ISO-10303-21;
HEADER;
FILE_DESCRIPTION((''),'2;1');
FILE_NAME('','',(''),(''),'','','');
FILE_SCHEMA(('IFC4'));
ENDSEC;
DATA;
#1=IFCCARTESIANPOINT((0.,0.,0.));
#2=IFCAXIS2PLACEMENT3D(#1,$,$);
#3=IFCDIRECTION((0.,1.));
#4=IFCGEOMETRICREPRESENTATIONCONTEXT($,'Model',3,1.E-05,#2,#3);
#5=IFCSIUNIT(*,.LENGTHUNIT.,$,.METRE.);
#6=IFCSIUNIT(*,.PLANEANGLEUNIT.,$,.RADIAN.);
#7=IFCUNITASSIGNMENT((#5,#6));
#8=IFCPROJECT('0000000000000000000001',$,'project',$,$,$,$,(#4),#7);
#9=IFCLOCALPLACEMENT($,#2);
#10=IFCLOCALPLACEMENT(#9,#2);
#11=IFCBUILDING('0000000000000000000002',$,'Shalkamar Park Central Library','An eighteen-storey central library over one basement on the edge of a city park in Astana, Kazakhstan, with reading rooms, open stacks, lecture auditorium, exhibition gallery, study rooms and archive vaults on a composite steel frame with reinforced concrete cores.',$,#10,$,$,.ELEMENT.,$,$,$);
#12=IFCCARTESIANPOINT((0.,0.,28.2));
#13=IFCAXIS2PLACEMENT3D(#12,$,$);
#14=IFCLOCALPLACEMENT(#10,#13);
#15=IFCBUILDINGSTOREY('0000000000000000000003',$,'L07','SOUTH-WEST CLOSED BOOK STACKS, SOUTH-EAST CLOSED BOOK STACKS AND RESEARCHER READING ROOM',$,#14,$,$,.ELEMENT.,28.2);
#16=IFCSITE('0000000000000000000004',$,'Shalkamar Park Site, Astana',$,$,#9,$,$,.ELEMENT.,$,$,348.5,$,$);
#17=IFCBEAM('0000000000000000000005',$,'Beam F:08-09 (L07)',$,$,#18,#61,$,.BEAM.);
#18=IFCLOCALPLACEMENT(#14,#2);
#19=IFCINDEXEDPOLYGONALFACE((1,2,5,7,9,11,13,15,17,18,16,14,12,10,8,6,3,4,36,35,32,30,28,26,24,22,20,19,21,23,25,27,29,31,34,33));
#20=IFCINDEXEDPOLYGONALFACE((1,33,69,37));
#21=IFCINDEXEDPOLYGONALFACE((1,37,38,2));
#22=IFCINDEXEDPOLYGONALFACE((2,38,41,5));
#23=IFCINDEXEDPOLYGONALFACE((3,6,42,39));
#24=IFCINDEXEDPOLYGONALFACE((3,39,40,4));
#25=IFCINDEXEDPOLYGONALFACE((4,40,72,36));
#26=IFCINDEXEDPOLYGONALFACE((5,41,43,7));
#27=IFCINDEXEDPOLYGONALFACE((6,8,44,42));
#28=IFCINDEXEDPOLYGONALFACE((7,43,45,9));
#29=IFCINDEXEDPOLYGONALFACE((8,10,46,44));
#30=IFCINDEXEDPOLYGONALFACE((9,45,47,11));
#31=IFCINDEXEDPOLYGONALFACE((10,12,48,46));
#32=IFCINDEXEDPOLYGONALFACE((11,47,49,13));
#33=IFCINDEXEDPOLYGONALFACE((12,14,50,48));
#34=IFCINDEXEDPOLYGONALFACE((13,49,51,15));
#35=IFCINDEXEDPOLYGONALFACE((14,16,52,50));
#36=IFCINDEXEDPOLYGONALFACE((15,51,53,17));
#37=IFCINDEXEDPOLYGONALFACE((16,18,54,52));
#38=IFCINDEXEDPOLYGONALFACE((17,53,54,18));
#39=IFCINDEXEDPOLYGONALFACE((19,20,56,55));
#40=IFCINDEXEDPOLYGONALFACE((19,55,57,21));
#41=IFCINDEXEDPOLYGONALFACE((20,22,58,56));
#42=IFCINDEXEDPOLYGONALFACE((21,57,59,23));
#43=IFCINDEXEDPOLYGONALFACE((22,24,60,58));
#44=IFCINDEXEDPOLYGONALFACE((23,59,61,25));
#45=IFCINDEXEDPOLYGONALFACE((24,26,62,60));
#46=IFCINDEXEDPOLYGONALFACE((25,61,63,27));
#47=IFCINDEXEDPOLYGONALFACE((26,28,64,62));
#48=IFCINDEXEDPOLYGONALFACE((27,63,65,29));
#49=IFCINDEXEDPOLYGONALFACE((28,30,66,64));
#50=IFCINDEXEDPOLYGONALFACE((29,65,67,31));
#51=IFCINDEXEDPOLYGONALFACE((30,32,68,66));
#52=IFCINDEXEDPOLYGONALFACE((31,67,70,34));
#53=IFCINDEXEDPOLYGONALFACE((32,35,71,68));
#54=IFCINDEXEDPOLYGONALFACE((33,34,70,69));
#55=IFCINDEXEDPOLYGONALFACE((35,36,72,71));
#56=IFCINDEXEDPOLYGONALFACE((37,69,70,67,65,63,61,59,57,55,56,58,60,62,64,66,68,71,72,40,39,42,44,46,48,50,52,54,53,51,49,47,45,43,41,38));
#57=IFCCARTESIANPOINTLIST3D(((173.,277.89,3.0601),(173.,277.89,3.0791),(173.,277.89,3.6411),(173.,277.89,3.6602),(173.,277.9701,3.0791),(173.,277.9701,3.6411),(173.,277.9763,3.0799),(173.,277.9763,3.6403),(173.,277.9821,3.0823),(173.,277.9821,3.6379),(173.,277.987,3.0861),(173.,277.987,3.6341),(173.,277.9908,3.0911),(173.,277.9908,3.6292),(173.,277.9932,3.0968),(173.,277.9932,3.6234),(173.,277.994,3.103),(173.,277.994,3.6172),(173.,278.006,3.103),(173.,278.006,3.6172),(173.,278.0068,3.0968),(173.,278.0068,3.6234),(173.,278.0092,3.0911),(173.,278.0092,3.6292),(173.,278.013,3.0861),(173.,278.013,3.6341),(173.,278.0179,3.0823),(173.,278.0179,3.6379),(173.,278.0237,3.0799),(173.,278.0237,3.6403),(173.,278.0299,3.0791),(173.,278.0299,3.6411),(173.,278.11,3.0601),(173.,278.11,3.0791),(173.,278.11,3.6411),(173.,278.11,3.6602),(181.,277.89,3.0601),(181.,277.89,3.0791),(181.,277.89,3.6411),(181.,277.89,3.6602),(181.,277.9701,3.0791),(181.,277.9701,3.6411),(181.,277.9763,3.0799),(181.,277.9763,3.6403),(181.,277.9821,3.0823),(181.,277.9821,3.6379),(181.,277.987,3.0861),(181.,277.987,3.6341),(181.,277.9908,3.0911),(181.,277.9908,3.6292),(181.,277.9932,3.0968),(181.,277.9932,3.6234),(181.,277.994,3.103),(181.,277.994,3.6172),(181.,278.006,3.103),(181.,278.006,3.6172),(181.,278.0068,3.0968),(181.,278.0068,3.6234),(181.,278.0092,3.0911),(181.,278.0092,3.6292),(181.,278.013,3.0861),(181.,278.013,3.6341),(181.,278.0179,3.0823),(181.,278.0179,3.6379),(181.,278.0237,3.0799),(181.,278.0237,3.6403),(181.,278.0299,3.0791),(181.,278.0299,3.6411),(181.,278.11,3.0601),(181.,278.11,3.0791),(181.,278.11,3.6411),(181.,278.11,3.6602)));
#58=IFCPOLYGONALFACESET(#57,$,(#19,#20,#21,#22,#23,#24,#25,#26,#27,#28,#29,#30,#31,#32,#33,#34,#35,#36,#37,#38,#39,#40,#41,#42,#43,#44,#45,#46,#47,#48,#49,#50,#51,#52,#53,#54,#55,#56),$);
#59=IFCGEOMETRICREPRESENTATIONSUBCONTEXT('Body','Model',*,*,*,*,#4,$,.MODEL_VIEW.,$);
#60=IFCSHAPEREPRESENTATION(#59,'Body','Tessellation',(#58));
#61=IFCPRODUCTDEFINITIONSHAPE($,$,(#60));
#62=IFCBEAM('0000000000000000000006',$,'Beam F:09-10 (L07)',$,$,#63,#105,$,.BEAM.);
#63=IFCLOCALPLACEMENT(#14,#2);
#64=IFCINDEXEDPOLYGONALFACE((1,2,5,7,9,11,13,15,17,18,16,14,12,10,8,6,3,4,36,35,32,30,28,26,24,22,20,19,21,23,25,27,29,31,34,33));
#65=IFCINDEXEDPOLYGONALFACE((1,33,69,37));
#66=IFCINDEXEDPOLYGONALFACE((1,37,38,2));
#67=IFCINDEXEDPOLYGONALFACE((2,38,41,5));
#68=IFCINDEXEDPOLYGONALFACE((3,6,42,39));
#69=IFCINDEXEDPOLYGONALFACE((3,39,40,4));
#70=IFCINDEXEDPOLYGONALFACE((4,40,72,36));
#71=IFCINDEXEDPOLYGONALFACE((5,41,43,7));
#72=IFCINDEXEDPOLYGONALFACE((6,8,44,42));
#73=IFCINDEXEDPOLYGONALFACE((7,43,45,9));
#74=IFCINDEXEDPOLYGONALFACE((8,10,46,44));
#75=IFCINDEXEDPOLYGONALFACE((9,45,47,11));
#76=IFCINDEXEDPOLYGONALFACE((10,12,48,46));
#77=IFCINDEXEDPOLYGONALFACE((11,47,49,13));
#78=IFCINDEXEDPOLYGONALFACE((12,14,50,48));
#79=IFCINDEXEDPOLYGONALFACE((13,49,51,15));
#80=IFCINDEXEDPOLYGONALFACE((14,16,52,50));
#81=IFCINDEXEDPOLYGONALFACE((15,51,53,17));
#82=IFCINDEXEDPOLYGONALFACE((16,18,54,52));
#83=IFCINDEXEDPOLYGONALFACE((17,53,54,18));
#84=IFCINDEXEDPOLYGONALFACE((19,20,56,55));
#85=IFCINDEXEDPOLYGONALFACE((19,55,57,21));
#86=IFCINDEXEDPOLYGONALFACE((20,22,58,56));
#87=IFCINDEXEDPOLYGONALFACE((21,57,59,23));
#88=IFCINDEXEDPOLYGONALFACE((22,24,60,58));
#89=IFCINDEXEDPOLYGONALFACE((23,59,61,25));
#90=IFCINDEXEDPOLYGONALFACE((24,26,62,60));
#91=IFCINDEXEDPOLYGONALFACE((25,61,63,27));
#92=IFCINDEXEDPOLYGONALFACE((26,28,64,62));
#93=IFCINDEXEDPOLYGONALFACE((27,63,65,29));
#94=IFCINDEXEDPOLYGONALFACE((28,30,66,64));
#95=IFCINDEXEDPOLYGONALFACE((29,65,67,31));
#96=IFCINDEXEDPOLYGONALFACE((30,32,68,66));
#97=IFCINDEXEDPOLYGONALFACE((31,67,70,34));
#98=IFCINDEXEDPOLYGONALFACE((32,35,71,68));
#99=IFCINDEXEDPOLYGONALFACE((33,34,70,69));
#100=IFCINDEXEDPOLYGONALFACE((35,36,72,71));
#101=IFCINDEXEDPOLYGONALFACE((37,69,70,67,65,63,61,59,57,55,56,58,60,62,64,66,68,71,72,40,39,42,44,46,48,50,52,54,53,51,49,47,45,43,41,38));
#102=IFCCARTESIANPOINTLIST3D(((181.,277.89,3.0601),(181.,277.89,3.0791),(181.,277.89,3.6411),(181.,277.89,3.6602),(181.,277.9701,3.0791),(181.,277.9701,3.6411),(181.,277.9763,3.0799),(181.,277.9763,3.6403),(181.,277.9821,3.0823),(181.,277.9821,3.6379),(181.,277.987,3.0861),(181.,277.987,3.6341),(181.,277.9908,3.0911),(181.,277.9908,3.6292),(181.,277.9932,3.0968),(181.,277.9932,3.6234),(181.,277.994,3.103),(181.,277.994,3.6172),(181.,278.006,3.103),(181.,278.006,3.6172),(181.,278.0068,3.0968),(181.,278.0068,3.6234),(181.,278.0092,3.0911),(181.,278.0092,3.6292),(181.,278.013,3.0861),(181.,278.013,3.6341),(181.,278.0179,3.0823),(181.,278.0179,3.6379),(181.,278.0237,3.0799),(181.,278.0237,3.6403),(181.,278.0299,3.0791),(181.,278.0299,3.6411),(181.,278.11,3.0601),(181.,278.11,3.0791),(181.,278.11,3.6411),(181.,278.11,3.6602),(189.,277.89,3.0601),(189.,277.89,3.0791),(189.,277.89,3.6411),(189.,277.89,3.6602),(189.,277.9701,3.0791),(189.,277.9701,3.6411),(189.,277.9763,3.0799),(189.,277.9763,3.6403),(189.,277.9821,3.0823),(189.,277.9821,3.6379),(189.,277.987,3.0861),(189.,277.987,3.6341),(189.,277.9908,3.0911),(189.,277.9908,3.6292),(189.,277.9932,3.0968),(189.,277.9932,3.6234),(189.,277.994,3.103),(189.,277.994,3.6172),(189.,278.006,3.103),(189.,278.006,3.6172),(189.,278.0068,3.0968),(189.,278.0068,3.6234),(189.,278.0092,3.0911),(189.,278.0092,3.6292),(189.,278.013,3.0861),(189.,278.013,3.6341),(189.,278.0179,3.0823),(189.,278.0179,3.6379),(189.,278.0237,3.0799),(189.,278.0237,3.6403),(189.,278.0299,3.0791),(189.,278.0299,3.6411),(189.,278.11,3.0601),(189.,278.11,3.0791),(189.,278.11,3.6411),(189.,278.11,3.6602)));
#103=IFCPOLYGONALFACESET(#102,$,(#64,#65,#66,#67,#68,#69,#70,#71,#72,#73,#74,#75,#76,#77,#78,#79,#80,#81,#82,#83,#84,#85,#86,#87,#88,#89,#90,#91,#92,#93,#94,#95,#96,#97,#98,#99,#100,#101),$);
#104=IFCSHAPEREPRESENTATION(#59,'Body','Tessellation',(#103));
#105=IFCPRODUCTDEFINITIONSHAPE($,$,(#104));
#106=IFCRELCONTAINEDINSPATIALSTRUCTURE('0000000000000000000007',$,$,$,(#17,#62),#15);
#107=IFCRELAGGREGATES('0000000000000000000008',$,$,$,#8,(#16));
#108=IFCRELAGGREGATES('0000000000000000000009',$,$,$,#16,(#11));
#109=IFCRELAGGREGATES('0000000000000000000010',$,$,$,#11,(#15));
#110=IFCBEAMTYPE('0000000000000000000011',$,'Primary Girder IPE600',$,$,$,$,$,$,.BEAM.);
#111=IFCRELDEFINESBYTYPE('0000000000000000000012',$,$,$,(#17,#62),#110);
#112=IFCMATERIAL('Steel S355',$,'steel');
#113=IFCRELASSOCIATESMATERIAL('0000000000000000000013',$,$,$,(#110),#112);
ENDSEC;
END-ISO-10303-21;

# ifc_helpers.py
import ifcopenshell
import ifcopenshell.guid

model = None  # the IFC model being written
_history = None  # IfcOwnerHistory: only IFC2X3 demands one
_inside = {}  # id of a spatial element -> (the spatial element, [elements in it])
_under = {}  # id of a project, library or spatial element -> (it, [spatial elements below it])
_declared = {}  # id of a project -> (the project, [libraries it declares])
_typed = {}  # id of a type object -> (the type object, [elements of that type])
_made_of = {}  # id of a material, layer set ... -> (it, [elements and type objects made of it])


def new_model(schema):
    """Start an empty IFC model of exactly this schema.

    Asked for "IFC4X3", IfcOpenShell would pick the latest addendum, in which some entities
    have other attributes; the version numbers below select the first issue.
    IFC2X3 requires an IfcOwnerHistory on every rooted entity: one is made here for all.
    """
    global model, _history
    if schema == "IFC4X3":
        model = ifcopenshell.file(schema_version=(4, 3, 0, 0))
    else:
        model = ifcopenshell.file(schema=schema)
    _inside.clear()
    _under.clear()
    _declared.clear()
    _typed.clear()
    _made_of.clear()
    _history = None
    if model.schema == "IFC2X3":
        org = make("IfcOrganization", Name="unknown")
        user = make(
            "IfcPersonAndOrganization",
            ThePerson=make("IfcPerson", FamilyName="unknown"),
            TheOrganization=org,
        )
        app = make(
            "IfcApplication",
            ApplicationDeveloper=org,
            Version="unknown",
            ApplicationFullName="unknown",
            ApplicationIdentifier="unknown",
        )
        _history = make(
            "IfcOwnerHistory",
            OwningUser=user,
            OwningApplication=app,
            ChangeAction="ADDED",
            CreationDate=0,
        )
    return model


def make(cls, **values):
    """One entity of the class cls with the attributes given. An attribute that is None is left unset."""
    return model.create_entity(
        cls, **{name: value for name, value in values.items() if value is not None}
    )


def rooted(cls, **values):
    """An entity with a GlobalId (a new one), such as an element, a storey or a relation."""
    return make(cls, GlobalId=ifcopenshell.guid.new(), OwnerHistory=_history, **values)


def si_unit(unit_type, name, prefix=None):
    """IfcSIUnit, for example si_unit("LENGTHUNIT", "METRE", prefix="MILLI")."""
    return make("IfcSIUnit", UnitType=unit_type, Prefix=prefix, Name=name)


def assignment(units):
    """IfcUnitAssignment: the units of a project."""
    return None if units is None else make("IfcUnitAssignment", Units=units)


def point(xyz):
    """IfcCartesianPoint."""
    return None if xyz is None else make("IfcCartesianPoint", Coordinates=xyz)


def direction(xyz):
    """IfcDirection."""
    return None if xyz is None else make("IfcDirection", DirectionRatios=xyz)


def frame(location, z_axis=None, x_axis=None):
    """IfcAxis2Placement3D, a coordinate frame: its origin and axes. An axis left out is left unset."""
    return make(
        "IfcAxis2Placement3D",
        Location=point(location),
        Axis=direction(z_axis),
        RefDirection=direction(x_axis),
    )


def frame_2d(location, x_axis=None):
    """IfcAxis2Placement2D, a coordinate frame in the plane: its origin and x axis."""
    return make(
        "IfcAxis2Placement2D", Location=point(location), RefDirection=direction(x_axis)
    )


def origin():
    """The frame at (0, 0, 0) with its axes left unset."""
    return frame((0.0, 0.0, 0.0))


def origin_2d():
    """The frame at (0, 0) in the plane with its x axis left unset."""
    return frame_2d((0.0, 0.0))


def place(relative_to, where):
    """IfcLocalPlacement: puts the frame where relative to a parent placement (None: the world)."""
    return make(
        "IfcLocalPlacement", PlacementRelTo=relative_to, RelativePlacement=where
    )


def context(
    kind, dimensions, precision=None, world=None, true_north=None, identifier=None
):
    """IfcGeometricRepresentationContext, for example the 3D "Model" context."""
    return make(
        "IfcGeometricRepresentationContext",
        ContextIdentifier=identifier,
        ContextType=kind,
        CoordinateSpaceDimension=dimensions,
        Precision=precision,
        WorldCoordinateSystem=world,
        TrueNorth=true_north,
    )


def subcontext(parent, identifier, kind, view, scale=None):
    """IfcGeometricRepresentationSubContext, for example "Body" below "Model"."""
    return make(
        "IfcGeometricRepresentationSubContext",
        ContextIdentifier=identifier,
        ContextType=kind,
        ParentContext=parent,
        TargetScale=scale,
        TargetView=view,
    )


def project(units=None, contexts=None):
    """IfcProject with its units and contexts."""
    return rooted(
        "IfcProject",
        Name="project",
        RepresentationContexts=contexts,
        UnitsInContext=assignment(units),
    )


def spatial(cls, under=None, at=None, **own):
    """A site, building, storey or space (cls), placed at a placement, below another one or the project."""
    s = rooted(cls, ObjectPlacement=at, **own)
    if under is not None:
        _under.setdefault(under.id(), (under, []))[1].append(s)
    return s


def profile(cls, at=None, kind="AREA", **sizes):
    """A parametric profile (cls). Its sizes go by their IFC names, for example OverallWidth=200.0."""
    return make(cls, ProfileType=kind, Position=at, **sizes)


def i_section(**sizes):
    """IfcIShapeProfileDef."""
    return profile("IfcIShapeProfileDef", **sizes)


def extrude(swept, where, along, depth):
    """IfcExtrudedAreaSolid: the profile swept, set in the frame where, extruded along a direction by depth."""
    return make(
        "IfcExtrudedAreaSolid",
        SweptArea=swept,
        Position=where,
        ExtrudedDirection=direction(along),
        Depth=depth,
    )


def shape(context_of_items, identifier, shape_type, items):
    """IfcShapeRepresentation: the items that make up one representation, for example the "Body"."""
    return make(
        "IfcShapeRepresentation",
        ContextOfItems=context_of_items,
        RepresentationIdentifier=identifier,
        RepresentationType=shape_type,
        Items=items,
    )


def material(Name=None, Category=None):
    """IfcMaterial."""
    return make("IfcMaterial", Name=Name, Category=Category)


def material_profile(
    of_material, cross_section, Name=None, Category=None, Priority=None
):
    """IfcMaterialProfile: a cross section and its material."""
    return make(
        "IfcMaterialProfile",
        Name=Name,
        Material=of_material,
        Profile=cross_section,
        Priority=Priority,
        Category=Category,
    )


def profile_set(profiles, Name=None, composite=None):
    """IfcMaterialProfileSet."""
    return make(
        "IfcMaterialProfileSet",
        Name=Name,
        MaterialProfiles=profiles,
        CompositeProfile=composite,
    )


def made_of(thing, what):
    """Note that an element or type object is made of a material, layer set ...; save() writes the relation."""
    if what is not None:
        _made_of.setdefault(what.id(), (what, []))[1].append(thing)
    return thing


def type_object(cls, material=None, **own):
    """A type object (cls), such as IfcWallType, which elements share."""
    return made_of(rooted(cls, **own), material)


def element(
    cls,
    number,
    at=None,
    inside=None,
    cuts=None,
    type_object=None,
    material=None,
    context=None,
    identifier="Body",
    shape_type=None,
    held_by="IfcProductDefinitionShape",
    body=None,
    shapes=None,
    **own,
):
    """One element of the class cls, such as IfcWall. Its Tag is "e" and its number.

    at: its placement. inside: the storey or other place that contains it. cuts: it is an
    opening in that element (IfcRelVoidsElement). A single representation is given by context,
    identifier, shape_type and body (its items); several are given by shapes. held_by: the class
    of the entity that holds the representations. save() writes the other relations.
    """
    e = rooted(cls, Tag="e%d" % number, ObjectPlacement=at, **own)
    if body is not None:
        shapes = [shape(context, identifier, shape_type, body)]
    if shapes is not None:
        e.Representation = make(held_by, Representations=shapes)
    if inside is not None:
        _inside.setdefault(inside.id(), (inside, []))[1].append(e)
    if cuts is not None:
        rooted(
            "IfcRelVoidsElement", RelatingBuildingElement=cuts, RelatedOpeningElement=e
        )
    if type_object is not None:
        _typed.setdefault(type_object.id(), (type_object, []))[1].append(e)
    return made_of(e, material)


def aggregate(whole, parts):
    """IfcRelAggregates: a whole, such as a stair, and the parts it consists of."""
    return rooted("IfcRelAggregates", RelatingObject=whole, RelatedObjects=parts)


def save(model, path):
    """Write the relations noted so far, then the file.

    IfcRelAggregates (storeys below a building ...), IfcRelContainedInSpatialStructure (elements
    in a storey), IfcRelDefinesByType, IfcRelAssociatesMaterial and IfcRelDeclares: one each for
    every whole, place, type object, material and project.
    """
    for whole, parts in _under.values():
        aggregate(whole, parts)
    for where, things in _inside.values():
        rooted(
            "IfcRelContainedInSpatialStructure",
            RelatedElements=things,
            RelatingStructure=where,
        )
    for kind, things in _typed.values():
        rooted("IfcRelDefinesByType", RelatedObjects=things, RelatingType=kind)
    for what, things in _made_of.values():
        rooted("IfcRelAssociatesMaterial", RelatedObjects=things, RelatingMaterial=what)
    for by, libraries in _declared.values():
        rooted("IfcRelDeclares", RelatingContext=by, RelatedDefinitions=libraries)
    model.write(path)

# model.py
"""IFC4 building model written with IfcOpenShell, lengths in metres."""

from ifc_helpers import new_model, si_unit, direction, frame, origin, origin_2d, place, context, subcontext, project, spatial, i_section, extrude, material, material_profile, profile_set, type_object, element, save


model = new_model("IFC4")

# Units and contexts
model_context = context("Model", 3, precision=1e-05, world=origin(), true_north=direction((0.0, 1.0)))
body_context = subcontext(model_context, "Body", "Model", "MODEL_VIEW")
ifc_project = project(units=[si_unit("LENGTHUNIT", "METRE"), si_unit("PLANEANGLEUNIT", "RADIAN")], contexts=[model_context])

# Site, building, storey
site_placement = place(None, origin())
site = spatial("IfcSite", under=ifc_project, at=site_placement, Name="Shalkamar Park Site, Astana", CompositionType="ELEMENT", RefElevation=348.5)
building_placement = place(site_placement, origin())
building = spatial("IfcBuilding", under=site, at=building_placement, Name="Shalkamar Park Central Library", Description="An eighteen-storey central library over one basement on the edge of a city park in Astana, Kazakhstan, with reading rooms, open stacks, lecture auditorium, exhibition gallery, study rooms and archive vaults on a composite steel frame with reinforced concrete cores.", CompositionType="ELEMENT")
storey_placement = place(building_placement, frame((0.0, 0.0, 28.2)))
storey = spatial("IfcBuildingStorey", under=building, at=storey_placement, Name="L07", Description="SOUTH-WEST CLOSED BOOK STACKS, SOUTH-EAST CLOSED BOOK STACKS AND RESEARCHER READING ROOM", CompositionType="ELEMENT", Elevation=28.2)

# Shared definitions
ifc_material = material(Name="Steel S355", Category="steel")

# Beams
ifc_material_profile_1 = material_profile(ifc_material, i_section(OverallWidth=0.22, OverallDepth=0.6001, WebThickness=0.012, FlangeThickness=0.019, FilletRadius=0.0239, at=origin_2d()), Name="IPE 600")
ifc_profile_set_1 = profile_set([ifc_material_profile_1], Name="Steel S355")
beam_type_1 = type_object("IfcBeamType", Name="Primary Girder IPE600", PredefinedType="BEAM", material=ifc_profile_set_1)
for number, where, z_axis, x_axis, name in (
    (1, (173.0, 278.0, 3.3601), (1.0, 0.0, 0.0), (0.0, 1.0, 0.0), "Beam F:08-09 (L07)"),
    (2, (181.0, 278.0, 3.3601), (1.0, 0.0, 0.0), (0.0, 1.0, 0.0), "Beam F:09-10 (L07)"),
):
    element("IfcBeam", number, at=place(storey_placement, frame(where, z_axis=z_axis, x_axis=x_axis)), inside=storey, type_object=beam_type_1, Name=name, PredefinedType="BEAM", context=body_context, shape_type="SweptSolid", body=[
        extrude(i_section(OverallWidth=0.22, OverallDepth=0.6001, WebThickness=0.012, FlangeThickness=0.019, FilletRadius=0.0239, at=origin_2d()), origin(), (0.0, 0.0, 1.0), 8.0),
    ])

save(model, "model.ifc")
